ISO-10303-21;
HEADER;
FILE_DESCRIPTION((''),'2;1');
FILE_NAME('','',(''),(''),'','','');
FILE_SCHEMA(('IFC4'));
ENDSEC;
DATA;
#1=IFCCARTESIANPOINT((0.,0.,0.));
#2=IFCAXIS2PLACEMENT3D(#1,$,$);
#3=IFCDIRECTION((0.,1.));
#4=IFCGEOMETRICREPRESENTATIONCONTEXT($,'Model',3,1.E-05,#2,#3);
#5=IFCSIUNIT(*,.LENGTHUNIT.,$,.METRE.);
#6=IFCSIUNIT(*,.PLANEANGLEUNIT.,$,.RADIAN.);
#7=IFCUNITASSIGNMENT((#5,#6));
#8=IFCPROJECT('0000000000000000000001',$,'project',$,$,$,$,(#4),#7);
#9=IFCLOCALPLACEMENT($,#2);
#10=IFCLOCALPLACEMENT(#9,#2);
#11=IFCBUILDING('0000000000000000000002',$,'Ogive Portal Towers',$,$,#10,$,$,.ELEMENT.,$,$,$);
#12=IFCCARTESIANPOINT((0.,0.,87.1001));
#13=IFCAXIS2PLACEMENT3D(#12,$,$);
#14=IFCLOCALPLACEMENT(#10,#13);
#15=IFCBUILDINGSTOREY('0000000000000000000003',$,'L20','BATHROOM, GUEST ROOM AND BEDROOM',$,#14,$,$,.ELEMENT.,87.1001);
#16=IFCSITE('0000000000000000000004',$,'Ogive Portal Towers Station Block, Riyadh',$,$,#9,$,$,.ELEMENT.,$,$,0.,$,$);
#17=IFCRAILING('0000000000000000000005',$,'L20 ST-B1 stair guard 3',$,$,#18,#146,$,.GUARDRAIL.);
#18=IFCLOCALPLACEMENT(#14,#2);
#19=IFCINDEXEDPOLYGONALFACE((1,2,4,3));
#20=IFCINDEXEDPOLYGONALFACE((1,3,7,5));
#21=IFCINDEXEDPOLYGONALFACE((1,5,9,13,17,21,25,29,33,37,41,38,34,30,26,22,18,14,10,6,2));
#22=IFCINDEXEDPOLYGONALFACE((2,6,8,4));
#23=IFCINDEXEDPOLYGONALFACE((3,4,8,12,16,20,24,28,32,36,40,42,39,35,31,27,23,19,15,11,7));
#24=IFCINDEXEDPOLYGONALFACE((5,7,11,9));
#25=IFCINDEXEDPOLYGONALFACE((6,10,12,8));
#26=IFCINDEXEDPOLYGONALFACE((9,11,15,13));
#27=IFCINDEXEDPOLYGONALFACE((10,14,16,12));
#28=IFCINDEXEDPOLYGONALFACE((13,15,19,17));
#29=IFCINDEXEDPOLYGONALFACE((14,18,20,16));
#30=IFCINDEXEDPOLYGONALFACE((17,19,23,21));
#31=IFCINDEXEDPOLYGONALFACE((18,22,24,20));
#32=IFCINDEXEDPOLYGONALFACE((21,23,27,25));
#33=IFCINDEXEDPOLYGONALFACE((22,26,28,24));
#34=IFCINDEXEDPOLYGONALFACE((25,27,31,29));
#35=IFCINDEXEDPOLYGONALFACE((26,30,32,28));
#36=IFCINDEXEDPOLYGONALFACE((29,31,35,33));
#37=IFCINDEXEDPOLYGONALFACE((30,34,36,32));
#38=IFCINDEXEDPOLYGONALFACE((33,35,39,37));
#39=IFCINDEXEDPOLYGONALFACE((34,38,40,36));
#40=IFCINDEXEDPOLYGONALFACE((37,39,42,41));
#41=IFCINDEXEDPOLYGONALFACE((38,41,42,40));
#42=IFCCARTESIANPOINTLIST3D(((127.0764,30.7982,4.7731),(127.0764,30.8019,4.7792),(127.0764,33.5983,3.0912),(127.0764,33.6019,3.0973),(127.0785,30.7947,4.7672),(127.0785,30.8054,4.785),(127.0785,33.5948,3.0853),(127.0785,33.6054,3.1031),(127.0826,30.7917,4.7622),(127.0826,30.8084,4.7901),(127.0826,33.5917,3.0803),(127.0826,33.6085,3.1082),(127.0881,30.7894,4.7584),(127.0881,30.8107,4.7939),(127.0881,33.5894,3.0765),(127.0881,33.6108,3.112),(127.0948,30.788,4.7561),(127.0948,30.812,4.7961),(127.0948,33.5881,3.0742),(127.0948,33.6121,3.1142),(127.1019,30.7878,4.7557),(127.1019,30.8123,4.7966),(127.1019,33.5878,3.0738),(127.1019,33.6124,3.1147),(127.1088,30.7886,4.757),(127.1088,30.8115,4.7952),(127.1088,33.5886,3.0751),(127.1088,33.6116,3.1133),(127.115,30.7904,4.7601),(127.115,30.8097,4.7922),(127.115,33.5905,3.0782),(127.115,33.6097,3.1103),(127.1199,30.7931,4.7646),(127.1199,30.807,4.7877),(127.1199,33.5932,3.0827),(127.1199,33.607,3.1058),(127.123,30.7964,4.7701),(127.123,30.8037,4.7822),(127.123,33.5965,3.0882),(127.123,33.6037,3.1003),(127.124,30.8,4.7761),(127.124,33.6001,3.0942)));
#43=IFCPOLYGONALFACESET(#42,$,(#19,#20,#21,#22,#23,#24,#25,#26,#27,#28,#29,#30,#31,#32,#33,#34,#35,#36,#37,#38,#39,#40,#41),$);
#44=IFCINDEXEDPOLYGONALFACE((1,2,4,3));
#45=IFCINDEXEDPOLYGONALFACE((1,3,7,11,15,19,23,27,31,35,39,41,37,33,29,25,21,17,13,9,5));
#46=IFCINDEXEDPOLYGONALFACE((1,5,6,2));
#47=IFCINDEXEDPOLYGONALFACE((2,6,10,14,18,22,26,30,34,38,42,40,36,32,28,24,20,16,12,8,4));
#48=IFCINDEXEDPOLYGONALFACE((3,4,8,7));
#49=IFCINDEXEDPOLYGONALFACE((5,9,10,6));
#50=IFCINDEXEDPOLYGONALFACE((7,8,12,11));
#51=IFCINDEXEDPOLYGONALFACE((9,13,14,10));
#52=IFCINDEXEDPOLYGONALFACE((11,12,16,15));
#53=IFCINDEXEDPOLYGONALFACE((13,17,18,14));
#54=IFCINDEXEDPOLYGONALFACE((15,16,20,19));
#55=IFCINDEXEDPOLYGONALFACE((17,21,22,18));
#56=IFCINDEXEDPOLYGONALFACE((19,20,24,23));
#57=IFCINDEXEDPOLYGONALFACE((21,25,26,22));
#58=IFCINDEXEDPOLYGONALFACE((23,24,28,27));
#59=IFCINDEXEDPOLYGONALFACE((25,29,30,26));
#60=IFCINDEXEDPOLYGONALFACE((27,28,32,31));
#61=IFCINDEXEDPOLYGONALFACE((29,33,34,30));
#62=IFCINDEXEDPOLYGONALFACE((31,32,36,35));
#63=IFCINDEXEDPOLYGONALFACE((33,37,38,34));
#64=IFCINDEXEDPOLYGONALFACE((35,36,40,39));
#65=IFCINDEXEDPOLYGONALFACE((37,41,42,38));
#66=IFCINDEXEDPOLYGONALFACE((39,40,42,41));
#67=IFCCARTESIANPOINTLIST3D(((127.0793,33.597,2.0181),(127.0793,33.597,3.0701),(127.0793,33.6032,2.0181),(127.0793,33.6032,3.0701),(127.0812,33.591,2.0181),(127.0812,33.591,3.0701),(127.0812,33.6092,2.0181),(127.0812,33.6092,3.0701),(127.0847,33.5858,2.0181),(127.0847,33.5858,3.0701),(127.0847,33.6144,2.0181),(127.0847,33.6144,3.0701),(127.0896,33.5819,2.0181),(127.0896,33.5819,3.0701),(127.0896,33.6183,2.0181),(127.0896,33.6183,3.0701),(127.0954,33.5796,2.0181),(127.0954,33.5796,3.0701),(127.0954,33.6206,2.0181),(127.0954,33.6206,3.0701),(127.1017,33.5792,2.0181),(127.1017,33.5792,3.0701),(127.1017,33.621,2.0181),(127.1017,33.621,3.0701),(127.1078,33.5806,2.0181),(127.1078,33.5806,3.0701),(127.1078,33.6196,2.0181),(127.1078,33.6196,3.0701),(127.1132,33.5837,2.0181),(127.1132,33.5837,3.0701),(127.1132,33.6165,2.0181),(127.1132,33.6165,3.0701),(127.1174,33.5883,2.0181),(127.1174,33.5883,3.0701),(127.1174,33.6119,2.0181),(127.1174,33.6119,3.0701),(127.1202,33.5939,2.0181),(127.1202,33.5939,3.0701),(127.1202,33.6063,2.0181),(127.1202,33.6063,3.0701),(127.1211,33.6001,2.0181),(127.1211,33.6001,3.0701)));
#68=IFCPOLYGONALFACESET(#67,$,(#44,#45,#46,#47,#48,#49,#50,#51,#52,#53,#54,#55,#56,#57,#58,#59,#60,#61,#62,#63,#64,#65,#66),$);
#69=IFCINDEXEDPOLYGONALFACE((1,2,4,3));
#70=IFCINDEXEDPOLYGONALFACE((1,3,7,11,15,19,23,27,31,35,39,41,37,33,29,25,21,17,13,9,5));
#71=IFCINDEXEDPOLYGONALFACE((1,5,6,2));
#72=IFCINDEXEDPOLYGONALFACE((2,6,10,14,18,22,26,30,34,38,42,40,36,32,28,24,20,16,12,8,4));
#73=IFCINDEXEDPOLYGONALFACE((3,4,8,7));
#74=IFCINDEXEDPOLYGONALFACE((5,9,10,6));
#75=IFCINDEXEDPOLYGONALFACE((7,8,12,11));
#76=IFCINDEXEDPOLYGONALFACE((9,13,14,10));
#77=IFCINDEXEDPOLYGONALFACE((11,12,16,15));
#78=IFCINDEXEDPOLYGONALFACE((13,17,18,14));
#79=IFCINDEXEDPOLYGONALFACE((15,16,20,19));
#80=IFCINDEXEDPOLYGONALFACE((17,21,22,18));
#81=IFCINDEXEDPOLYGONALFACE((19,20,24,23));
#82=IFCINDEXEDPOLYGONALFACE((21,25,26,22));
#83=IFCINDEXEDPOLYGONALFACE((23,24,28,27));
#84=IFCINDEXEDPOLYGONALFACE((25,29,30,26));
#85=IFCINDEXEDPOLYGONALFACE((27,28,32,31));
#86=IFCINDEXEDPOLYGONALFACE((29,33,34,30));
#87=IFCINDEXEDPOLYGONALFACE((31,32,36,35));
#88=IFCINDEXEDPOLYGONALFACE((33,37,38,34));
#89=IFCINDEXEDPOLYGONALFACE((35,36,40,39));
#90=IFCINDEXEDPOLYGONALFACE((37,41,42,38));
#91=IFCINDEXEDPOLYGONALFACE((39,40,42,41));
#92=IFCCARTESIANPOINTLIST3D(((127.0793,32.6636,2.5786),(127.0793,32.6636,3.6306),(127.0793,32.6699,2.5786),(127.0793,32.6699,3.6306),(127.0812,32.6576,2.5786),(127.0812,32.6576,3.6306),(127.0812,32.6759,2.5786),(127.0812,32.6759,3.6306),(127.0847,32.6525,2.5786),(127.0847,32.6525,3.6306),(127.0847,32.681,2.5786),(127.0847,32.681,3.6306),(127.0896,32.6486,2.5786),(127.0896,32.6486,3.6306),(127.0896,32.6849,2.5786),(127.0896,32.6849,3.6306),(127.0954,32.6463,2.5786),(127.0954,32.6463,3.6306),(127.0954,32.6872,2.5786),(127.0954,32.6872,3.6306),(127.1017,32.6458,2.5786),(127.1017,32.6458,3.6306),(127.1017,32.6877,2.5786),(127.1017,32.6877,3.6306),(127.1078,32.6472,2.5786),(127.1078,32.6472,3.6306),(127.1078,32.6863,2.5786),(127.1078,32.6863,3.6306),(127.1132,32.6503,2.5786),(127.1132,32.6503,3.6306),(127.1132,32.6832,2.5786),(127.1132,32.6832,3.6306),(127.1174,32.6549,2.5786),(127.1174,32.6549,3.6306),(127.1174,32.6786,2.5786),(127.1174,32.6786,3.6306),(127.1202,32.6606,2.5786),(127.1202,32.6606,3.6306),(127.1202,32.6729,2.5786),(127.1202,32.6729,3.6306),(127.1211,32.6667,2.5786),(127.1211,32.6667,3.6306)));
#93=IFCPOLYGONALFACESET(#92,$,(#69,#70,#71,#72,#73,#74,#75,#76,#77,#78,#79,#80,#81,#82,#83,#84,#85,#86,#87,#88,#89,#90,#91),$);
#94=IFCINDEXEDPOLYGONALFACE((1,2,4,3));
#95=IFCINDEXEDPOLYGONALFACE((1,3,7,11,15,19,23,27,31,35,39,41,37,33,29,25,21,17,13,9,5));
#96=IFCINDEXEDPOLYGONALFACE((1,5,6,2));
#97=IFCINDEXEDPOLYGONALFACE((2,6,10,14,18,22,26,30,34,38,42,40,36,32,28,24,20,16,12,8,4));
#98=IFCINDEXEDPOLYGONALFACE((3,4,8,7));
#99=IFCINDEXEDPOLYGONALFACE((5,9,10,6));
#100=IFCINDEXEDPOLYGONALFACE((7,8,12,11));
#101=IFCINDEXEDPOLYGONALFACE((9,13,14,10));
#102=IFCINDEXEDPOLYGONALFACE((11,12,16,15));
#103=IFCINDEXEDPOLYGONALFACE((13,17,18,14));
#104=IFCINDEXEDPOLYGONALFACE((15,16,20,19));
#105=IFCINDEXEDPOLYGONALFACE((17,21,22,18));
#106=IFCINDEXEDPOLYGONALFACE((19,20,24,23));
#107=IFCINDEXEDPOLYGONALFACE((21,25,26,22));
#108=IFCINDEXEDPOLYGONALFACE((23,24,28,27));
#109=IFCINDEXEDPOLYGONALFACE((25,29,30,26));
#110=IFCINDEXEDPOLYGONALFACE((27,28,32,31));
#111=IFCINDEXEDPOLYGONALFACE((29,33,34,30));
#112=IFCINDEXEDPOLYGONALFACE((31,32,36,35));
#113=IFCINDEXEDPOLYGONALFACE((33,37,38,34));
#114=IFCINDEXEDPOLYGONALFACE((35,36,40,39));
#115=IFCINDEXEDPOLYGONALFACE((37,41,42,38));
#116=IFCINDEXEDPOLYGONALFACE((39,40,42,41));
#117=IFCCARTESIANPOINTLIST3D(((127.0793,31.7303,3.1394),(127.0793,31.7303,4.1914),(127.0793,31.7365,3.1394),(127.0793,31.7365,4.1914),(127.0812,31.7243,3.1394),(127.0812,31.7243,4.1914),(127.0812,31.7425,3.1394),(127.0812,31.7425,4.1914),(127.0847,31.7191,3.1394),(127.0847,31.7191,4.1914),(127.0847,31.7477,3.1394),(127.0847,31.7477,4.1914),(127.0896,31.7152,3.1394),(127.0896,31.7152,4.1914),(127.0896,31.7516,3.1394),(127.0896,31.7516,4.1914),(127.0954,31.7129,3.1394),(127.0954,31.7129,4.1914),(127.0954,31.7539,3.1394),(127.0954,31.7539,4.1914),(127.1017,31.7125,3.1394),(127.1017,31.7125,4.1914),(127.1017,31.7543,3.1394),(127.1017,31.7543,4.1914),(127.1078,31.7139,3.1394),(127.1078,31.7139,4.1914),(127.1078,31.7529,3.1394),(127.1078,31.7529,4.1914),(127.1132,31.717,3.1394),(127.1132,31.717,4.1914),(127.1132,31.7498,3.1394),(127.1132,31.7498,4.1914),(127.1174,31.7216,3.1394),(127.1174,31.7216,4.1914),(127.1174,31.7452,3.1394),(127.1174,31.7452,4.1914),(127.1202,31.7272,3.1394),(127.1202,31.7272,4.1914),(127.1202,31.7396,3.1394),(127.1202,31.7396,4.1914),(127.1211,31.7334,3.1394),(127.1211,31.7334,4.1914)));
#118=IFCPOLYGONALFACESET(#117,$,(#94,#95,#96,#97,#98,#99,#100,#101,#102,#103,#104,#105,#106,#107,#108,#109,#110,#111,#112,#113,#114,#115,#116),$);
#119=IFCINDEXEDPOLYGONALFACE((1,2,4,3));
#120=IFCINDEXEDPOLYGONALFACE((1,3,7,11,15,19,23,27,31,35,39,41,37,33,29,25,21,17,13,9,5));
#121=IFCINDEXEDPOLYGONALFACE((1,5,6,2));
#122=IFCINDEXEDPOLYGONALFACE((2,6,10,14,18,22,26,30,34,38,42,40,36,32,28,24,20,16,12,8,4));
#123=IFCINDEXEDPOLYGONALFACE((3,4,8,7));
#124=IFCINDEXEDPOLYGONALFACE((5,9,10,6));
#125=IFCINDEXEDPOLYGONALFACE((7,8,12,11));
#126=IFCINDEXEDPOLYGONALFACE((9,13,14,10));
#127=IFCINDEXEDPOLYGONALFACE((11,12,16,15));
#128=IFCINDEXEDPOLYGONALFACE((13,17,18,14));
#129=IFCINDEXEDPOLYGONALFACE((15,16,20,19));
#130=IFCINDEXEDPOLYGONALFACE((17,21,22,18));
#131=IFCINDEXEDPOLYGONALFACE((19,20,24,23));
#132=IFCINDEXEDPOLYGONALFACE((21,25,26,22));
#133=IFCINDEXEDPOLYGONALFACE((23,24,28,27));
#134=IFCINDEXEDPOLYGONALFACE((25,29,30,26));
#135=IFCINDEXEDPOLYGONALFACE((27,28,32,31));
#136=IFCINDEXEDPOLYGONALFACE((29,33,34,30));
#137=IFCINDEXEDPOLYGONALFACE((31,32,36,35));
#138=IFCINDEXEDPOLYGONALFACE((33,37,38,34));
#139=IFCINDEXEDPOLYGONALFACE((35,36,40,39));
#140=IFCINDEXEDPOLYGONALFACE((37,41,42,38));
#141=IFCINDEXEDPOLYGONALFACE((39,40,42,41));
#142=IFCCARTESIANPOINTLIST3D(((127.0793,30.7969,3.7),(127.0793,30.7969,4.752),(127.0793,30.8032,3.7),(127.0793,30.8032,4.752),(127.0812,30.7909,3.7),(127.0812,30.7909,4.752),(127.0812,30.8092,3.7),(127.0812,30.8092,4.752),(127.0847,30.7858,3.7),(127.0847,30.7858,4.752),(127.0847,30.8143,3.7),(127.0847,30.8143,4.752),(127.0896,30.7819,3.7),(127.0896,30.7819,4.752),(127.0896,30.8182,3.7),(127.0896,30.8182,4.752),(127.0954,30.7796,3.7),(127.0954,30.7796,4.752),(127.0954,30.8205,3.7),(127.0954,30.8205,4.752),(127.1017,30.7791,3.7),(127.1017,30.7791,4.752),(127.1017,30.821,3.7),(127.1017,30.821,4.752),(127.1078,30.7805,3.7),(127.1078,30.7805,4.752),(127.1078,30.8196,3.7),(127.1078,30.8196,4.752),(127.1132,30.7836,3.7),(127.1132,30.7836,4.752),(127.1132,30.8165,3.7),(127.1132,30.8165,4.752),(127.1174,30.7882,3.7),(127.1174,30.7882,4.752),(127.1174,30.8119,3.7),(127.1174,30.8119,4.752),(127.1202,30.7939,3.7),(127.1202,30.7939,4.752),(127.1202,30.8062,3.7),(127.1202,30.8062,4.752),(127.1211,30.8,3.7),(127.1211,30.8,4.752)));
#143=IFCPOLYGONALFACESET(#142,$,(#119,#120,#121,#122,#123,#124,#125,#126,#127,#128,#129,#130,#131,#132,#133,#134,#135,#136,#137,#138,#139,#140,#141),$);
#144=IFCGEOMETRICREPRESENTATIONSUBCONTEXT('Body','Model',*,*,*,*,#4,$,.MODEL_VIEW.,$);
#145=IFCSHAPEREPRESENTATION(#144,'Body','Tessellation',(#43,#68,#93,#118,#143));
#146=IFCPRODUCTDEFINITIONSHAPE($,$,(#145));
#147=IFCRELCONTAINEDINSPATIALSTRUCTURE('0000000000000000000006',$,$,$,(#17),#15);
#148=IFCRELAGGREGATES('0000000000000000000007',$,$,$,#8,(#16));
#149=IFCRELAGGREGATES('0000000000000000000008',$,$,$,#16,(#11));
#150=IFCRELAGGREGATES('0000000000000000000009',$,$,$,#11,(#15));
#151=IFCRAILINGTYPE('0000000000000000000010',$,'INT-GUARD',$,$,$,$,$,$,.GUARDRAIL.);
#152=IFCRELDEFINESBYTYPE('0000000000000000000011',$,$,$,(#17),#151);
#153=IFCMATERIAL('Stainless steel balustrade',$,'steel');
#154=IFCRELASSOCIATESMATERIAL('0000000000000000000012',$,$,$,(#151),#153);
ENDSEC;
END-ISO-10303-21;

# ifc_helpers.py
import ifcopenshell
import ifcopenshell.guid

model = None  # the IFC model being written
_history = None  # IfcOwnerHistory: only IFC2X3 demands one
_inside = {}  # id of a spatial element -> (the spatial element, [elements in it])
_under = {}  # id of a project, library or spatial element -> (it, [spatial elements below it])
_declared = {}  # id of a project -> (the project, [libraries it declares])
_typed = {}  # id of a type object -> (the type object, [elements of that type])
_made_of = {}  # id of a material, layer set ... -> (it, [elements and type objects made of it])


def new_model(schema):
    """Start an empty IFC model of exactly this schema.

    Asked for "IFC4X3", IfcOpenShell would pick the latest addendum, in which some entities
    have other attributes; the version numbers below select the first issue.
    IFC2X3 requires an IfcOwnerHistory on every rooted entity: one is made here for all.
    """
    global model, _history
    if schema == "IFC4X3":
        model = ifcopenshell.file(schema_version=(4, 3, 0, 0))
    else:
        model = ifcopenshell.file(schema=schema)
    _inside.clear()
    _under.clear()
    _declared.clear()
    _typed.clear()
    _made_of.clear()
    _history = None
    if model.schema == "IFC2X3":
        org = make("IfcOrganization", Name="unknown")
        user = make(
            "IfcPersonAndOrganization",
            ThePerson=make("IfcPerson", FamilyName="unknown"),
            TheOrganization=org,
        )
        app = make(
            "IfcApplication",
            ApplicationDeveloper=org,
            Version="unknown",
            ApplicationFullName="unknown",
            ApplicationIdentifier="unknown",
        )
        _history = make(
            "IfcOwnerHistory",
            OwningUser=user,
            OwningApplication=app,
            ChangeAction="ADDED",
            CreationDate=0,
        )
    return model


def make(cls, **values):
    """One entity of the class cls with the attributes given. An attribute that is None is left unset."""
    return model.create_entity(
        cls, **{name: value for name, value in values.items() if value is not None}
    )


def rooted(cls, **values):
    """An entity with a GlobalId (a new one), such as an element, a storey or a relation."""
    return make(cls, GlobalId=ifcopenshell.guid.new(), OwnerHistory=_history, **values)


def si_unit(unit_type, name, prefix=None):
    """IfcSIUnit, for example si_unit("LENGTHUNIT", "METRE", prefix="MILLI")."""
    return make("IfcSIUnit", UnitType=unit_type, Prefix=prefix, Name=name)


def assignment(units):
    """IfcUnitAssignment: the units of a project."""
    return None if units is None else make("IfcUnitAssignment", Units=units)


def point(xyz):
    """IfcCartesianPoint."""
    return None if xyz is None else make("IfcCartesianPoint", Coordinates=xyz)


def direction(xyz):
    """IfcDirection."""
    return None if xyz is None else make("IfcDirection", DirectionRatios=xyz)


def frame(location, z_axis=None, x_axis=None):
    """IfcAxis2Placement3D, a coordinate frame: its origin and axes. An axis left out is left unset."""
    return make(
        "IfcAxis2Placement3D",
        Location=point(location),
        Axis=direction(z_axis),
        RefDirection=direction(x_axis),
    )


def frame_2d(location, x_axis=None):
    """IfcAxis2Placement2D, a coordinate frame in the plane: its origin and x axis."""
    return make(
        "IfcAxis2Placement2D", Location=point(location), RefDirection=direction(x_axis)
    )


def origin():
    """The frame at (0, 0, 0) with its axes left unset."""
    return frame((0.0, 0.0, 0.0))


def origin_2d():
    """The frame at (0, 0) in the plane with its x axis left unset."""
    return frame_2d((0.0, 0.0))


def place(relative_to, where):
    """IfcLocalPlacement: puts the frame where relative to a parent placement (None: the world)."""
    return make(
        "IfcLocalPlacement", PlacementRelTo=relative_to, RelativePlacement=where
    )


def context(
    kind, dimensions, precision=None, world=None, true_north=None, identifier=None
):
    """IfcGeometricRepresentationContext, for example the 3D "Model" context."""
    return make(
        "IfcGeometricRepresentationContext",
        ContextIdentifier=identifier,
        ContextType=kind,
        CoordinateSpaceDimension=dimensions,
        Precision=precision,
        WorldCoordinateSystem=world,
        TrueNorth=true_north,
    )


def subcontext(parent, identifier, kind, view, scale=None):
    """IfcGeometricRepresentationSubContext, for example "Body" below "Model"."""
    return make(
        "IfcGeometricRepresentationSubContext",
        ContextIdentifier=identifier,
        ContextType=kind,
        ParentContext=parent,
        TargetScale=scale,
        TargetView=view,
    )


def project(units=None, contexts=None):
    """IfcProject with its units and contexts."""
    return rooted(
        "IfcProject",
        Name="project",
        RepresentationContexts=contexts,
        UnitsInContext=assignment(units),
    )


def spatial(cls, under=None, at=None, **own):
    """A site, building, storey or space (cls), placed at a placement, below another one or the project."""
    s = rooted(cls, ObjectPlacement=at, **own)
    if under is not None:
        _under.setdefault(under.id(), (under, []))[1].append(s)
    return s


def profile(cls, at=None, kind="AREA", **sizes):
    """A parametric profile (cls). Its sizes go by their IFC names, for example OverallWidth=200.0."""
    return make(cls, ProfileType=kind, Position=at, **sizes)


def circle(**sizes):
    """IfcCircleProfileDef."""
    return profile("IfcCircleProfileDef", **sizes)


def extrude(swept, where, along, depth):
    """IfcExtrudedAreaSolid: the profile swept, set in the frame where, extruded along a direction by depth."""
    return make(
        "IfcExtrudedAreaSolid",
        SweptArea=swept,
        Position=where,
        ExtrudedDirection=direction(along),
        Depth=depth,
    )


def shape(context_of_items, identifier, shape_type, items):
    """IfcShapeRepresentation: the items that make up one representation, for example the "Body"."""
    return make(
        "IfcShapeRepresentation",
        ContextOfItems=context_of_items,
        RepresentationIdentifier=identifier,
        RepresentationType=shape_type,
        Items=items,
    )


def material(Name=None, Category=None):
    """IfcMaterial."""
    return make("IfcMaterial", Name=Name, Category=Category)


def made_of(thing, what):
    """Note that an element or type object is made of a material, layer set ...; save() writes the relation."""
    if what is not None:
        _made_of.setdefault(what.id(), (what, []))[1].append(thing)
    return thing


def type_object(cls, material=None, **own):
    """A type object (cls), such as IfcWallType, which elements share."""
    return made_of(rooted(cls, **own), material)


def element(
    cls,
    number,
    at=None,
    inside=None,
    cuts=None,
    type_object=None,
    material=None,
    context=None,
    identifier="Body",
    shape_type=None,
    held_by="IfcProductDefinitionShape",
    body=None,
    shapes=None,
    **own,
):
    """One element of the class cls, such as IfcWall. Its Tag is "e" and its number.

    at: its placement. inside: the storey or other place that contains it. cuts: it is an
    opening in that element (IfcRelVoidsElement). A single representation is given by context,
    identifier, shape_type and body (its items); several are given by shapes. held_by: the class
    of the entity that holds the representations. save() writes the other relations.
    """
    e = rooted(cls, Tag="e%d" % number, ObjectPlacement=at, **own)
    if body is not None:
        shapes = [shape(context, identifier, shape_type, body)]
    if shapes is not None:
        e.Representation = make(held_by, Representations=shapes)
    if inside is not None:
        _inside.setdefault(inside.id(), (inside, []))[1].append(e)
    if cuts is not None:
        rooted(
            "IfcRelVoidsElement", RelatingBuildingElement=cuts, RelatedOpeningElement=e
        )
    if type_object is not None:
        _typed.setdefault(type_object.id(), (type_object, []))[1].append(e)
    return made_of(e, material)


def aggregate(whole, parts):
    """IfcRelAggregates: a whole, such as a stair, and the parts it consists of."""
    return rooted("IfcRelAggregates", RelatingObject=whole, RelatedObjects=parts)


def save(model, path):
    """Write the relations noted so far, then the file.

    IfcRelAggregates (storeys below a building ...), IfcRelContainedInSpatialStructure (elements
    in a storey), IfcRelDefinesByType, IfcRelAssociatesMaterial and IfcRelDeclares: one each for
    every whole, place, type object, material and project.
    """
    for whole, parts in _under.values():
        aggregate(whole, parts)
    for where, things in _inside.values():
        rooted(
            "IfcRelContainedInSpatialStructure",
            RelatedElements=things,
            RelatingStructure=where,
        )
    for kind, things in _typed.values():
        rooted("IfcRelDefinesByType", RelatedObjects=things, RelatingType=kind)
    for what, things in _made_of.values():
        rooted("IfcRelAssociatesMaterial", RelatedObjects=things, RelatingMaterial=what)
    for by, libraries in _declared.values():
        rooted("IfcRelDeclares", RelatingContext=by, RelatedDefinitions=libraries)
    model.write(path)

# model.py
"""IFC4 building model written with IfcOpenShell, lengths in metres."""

from ifc_helpers import new_model, si_unit, direction, frame, origin, origin_2d, place, context, subcontext, project, spatial, circle, extrude, material, type_object, element, save


model = new_model("IFC4")

# Units and contexts
model_context = context("Model", 3, precision=1e-05, world=origin(), true_north=direction((0.0, 1.0)))
body_context = subcontext(model_context, "Body", "Model", "MODEL_VIEW")
ifc_project = project(units=[si_unit("LENGTHUNIT", "METRE"), si_unit("PLANEANGLEUNIT", "RADIAN")], contexts=[model_context])

# Site, building, storey
site_placement = place(None, origin())
site = spatial("IfcSite", under=ifc_project, at=site_placement, Name="Ogive Portal Towers Station Block, Riyadh", CompositionType="ELEMENT", RefElevation=0.0)
building_placement = place(site_placement, origin())
building = spatial("IfcBuilding", under=site, at=building_placement, Name="Ogive Portal Towers", CompositionType="ELEMENT")
storey_placement = place(building_placement, frame((0.0, 0.0, 87.1001)))
storey = spatial("IfcBuildingStorey", under=building, at=storey_placement, Name="L20", Description="BATHROOM, GUEST ROOM AND BEDROOM", CompositionType="ELEMENT", Elevation=87.1001)

# Railing
ifc_material_1 = material(Name="Stainless steel balustrade", Category="steel")
railing_type_1 = type_object("IfcRailingType", Name="INT-GUARD", PredefinedType="GUARDRAIL", material=ifc_material_1)
railing_1_placement = place(storey_placement, frame((127.1001, 33.6001, 2.0181)))
element("IfcRailing", 1, at=railing_1_placement, inside=storey, type_object=railing_type_1, Name="L20 ST-B1 stair guard 3", PredefinedType="GUARDRAIL", context=body_context, shape_type="SweptSolid", body=[
    extrude(circle(Radius=0.0239, at=origin_2d()), frame((0.0, 0.0, 1.0762), z_axis=(0.0, -0.857242, 0.514913), x_axis=(1.0, 0.0, 0.0)), (0.0, 0.0, 1.0), 3.2664),
    extrude(circle(Radius=0.021, at=origin_2d()), origin(), (0.0, 0.0, 1.0), 1.052),
    extrude(circle(Radius=0.021, at=origin_2d()), frame((0.0, -0.9333, 0.5605)), (0.0, 0.0, 1.0), 1.052),
    extrude(circle(Radius=0.021, at=origin_2d()), frame((0.0, -1.8667, 1.1213)), (0.0, 0.0, 1.0), 1.052),
    extrude(circle(Radius=0.021, at=origin_2d()), frame((0.0, -2.8, 1.6819)), (0.0, 0.0, 1.0), 1.052),
])

save(model, "model.ifc")
